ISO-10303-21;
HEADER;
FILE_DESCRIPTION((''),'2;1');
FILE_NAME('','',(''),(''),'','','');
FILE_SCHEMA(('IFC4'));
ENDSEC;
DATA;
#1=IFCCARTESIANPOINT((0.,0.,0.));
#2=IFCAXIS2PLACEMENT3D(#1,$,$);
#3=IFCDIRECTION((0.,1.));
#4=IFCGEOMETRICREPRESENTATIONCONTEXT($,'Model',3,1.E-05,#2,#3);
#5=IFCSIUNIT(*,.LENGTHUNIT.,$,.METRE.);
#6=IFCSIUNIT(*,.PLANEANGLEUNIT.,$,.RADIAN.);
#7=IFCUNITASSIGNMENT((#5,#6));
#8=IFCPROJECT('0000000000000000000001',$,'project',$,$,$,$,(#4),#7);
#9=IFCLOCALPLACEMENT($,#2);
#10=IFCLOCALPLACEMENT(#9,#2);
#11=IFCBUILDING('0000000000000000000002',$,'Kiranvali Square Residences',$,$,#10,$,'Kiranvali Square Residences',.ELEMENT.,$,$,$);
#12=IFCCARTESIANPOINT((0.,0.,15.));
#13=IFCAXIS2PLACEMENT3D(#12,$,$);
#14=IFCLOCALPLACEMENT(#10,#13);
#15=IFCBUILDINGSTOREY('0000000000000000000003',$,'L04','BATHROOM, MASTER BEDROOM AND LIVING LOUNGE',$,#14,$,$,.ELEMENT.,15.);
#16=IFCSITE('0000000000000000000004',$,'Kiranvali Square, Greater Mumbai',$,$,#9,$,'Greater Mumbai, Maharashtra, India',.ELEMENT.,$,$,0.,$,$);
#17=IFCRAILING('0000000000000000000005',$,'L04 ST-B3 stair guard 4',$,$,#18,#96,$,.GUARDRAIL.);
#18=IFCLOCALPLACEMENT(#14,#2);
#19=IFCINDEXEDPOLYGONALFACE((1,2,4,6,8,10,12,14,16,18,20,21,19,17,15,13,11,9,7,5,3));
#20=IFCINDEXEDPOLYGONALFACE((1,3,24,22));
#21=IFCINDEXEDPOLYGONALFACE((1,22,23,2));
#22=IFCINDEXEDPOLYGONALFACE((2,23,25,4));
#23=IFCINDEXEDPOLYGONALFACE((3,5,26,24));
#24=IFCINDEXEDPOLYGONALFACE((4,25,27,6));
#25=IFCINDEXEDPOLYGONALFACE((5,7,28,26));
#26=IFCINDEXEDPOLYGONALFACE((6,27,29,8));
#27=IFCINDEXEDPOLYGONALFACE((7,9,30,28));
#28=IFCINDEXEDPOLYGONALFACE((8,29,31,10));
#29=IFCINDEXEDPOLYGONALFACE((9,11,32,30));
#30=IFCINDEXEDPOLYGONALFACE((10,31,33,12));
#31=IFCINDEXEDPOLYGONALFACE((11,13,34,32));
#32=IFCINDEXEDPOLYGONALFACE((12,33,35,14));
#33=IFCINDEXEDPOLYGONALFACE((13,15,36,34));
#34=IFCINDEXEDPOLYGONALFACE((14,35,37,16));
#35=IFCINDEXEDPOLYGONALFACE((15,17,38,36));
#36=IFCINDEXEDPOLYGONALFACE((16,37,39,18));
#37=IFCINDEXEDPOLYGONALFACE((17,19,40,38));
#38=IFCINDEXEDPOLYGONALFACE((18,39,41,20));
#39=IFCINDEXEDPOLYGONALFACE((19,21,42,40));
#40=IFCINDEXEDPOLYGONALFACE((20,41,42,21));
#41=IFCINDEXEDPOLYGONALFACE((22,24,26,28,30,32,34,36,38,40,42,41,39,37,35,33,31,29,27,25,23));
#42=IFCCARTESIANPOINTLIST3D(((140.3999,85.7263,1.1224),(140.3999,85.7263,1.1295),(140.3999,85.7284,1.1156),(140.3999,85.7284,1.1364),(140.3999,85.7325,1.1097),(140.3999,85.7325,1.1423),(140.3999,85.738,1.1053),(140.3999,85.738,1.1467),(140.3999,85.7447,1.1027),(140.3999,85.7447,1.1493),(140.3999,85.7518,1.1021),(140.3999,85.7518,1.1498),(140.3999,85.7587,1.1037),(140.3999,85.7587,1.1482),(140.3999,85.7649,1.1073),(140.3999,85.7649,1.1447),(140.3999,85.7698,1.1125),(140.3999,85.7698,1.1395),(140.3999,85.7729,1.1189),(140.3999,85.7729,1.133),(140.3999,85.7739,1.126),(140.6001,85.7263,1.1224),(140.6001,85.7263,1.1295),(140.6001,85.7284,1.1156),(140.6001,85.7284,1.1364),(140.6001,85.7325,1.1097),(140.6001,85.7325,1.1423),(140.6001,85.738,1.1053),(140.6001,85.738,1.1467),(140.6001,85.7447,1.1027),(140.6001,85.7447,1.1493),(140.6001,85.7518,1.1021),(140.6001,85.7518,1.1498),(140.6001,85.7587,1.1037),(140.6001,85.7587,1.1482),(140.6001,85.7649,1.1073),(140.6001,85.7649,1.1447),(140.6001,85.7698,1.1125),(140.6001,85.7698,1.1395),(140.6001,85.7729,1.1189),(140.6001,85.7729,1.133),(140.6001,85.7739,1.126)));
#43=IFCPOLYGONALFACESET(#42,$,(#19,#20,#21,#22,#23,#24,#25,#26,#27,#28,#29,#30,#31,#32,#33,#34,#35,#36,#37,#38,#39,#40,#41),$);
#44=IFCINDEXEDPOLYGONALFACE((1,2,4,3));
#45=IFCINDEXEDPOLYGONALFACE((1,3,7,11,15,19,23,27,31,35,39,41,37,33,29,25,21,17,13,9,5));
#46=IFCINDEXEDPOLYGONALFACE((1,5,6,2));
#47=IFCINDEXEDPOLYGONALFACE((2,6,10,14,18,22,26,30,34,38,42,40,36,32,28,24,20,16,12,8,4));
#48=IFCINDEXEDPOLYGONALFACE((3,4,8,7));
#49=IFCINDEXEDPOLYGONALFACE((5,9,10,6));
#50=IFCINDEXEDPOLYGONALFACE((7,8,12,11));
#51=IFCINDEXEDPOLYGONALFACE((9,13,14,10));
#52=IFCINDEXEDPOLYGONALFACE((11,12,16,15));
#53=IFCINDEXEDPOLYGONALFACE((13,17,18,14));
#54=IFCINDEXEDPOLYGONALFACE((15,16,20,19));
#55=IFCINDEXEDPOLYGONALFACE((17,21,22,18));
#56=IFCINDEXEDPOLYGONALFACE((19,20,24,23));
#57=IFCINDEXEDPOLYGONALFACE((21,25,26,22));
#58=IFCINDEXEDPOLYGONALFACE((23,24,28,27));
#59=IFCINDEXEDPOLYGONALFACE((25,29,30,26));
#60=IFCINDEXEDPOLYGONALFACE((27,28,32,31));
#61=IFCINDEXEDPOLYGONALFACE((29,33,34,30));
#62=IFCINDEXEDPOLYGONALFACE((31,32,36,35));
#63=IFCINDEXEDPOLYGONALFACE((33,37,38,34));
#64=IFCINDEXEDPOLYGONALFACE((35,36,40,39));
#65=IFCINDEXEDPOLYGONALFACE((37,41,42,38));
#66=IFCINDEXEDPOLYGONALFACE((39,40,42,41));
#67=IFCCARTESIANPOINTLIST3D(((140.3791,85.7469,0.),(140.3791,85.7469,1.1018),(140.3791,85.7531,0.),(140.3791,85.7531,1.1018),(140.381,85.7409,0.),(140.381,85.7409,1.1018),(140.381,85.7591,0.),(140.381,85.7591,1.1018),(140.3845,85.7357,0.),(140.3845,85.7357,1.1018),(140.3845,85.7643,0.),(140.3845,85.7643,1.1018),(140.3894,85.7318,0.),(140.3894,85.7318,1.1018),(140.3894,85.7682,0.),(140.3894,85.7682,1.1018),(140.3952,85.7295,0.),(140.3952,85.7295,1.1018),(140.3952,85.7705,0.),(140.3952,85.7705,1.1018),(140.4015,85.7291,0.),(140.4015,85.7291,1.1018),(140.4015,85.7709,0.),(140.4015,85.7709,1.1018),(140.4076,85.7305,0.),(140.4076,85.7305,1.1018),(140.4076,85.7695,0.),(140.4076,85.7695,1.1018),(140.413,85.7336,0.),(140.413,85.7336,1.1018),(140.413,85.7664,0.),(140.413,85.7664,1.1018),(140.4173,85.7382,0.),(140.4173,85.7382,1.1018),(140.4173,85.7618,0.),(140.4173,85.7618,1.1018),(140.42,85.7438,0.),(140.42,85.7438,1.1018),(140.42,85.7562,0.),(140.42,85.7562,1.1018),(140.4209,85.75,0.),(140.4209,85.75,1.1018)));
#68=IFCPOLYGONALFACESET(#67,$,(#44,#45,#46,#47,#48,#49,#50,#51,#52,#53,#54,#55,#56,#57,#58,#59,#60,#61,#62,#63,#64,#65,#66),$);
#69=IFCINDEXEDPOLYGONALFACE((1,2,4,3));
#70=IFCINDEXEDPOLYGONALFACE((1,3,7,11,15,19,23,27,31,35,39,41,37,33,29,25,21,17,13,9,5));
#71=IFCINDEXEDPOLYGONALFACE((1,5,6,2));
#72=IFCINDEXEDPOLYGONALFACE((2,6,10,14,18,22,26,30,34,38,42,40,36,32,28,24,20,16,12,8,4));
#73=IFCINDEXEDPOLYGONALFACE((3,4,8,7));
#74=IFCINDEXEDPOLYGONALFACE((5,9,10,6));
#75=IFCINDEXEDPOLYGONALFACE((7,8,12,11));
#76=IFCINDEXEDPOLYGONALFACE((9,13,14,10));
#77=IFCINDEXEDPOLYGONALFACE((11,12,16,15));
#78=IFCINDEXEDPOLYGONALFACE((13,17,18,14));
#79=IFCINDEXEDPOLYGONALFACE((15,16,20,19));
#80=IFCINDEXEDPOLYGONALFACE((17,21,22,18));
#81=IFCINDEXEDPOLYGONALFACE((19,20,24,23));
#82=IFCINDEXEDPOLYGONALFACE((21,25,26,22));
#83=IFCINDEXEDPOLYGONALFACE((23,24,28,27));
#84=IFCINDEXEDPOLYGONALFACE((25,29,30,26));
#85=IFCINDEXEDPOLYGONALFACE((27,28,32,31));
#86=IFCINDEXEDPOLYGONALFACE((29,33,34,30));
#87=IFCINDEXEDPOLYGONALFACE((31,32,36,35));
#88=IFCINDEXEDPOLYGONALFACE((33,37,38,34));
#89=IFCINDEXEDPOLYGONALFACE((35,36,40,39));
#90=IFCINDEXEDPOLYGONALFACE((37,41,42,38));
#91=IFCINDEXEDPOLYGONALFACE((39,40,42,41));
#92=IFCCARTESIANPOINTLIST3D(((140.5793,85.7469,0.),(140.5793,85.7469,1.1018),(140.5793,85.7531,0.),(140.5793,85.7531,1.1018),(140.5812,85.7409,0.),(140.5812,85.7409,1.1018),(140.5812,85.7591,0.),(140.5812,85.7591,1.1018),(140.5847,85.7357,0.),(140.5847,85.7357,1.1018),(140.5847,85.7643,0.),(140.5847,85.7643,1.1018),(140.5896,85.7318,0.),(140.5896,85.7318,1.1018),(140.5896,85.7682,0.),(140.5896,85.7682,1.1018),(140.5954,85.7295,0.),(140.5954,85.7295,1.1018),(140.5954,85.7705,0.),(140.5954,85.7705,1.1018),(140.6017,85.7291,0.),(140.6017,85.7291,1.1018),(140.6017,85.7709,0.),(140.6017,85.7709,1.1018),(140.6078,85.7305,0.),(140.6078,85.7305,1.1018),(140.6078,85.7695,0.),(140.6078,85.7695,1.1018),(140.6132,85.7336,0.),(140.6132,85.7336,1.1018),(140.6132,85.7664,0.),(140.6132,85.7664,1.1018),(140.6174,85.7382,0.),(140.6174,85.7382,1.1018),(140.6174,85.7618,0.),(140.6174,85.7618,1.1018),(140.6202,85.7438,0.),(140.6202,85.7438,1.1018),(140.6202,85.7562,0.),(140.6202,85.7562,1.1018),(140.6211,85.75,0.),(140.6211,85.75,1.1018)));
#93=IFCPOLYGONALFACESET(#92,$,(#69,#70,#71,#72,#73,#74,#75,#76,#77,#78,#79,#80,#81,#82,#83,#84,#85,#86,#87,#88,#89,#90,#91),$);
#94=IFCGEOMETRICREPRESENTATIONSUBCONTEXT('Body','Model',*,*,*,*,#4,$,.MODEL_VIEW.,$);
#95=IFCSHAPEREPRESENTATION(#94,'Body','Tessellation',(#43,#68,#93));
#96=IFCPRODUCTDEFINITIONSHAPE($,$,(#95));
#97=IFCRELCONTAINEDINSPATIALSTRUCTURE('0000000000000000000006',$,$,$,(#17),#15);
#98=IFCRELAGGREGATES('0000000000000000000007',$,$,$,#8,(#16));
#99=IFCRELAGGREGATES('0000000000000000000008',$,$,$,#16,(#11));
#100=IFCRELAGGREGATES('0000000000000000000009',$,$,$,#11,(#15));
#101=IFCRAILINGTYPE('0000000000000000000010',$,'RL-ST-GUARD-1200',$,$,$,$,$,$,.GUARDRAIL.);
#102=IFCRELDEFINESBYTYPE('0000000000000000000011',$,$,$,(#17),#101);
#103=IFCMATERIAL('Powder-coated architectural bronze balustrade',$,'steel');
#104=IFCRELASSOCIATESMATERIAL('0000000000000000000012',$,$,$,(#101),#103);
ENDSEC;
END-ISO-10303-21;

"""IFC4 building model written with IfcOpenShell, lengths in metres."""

from ifc_helpers import new_model, si_unit, direction, frame, origin, origin_2d, place, context, subcontext, project, spatial, circle, extrude, material, type_object, element, save


model = new_model("IFC4")

# Units and contexts
model_context = context("Model", 3, precision=1e-05, world=origin(), true_north=direction((0.0, 1.0)))
body_context = subcontext(model_context, "Body", "Model", "MODEL_VIEW")
ifc_project = project(units=[si_unit("LENGTHUNIT", "METRE"), si_unit("PLANEANGLEUNIT", "RADIAN")], contexts=[model_context])

# Site, building, storey
site_placement = place(None, origin())
site = spatial("IfcSite", under=ifc_project, at=site_placement, Name="Kiranvali Square, Greater Mumbai", LongName="Greater Mumbai, Maharashtra, India", CompositionType="ELEMENT", RefElevation=0.0)
building_placement = place(site_placement, origin())
building = spatial("IfcBuilding", under=site, at=building_placement, Name="Kiranvali Square Residences", LongName="Kiranvali Square Residences", CompositionType="ELEMENT")
storey_placement = place(building_placement, frame((0.0, 0.0, 15.0)))
storey = spatial("IfcBuildingStorey", under=building, at=storey_placement, Name="L04", Description="BATHROOM, MASTER BEDROOM AND LIVING LOUNGE", CompositionType="ELEMENT", Elevation=15.0)

# Railing
ifc_material_1 = material(Name="Powder-coated architectural bronze balustrade", Category="steel")
railing_type = type_object("IfcRailingType", Name="RL-ST-GUARD-1200", PredefinedType="GUARDRAIL", material=ifc_material_1)
railing_1_placement = place(storey_placement, frame((140.3999, 85.75, 0.0)))
element("IfcRailing", 1, at=railing_1_placement, inside=storey, type_object=railing_type, Name="L04 ST-B3 stair guard 4", PredefinedType="GUARDRAIL", context=body_context, shape_type="SweptSolid", body=[
    extrude(circle(Radius=0.0239, at=origin_2d()), frame((0.0, 0.0, 1.126), z_axis=(1.0, 0.0, 0.0), x_axis=(0.0, 1.0, 0.0)), (0.0, 0.0, 1.0), 0.2002),
    extrude(circle(Radius=0.021, at=origin_2d()), origin(), (0.0, 0.0, 1.0), 1.1018),
    extrude(circle(Radius=0.021, at=origin_2d()), frame((0.2002, 0.0, 0.0)), (0.0, 0.0, 1.0), 1.1018),
])

save(model, "model.ifc")
